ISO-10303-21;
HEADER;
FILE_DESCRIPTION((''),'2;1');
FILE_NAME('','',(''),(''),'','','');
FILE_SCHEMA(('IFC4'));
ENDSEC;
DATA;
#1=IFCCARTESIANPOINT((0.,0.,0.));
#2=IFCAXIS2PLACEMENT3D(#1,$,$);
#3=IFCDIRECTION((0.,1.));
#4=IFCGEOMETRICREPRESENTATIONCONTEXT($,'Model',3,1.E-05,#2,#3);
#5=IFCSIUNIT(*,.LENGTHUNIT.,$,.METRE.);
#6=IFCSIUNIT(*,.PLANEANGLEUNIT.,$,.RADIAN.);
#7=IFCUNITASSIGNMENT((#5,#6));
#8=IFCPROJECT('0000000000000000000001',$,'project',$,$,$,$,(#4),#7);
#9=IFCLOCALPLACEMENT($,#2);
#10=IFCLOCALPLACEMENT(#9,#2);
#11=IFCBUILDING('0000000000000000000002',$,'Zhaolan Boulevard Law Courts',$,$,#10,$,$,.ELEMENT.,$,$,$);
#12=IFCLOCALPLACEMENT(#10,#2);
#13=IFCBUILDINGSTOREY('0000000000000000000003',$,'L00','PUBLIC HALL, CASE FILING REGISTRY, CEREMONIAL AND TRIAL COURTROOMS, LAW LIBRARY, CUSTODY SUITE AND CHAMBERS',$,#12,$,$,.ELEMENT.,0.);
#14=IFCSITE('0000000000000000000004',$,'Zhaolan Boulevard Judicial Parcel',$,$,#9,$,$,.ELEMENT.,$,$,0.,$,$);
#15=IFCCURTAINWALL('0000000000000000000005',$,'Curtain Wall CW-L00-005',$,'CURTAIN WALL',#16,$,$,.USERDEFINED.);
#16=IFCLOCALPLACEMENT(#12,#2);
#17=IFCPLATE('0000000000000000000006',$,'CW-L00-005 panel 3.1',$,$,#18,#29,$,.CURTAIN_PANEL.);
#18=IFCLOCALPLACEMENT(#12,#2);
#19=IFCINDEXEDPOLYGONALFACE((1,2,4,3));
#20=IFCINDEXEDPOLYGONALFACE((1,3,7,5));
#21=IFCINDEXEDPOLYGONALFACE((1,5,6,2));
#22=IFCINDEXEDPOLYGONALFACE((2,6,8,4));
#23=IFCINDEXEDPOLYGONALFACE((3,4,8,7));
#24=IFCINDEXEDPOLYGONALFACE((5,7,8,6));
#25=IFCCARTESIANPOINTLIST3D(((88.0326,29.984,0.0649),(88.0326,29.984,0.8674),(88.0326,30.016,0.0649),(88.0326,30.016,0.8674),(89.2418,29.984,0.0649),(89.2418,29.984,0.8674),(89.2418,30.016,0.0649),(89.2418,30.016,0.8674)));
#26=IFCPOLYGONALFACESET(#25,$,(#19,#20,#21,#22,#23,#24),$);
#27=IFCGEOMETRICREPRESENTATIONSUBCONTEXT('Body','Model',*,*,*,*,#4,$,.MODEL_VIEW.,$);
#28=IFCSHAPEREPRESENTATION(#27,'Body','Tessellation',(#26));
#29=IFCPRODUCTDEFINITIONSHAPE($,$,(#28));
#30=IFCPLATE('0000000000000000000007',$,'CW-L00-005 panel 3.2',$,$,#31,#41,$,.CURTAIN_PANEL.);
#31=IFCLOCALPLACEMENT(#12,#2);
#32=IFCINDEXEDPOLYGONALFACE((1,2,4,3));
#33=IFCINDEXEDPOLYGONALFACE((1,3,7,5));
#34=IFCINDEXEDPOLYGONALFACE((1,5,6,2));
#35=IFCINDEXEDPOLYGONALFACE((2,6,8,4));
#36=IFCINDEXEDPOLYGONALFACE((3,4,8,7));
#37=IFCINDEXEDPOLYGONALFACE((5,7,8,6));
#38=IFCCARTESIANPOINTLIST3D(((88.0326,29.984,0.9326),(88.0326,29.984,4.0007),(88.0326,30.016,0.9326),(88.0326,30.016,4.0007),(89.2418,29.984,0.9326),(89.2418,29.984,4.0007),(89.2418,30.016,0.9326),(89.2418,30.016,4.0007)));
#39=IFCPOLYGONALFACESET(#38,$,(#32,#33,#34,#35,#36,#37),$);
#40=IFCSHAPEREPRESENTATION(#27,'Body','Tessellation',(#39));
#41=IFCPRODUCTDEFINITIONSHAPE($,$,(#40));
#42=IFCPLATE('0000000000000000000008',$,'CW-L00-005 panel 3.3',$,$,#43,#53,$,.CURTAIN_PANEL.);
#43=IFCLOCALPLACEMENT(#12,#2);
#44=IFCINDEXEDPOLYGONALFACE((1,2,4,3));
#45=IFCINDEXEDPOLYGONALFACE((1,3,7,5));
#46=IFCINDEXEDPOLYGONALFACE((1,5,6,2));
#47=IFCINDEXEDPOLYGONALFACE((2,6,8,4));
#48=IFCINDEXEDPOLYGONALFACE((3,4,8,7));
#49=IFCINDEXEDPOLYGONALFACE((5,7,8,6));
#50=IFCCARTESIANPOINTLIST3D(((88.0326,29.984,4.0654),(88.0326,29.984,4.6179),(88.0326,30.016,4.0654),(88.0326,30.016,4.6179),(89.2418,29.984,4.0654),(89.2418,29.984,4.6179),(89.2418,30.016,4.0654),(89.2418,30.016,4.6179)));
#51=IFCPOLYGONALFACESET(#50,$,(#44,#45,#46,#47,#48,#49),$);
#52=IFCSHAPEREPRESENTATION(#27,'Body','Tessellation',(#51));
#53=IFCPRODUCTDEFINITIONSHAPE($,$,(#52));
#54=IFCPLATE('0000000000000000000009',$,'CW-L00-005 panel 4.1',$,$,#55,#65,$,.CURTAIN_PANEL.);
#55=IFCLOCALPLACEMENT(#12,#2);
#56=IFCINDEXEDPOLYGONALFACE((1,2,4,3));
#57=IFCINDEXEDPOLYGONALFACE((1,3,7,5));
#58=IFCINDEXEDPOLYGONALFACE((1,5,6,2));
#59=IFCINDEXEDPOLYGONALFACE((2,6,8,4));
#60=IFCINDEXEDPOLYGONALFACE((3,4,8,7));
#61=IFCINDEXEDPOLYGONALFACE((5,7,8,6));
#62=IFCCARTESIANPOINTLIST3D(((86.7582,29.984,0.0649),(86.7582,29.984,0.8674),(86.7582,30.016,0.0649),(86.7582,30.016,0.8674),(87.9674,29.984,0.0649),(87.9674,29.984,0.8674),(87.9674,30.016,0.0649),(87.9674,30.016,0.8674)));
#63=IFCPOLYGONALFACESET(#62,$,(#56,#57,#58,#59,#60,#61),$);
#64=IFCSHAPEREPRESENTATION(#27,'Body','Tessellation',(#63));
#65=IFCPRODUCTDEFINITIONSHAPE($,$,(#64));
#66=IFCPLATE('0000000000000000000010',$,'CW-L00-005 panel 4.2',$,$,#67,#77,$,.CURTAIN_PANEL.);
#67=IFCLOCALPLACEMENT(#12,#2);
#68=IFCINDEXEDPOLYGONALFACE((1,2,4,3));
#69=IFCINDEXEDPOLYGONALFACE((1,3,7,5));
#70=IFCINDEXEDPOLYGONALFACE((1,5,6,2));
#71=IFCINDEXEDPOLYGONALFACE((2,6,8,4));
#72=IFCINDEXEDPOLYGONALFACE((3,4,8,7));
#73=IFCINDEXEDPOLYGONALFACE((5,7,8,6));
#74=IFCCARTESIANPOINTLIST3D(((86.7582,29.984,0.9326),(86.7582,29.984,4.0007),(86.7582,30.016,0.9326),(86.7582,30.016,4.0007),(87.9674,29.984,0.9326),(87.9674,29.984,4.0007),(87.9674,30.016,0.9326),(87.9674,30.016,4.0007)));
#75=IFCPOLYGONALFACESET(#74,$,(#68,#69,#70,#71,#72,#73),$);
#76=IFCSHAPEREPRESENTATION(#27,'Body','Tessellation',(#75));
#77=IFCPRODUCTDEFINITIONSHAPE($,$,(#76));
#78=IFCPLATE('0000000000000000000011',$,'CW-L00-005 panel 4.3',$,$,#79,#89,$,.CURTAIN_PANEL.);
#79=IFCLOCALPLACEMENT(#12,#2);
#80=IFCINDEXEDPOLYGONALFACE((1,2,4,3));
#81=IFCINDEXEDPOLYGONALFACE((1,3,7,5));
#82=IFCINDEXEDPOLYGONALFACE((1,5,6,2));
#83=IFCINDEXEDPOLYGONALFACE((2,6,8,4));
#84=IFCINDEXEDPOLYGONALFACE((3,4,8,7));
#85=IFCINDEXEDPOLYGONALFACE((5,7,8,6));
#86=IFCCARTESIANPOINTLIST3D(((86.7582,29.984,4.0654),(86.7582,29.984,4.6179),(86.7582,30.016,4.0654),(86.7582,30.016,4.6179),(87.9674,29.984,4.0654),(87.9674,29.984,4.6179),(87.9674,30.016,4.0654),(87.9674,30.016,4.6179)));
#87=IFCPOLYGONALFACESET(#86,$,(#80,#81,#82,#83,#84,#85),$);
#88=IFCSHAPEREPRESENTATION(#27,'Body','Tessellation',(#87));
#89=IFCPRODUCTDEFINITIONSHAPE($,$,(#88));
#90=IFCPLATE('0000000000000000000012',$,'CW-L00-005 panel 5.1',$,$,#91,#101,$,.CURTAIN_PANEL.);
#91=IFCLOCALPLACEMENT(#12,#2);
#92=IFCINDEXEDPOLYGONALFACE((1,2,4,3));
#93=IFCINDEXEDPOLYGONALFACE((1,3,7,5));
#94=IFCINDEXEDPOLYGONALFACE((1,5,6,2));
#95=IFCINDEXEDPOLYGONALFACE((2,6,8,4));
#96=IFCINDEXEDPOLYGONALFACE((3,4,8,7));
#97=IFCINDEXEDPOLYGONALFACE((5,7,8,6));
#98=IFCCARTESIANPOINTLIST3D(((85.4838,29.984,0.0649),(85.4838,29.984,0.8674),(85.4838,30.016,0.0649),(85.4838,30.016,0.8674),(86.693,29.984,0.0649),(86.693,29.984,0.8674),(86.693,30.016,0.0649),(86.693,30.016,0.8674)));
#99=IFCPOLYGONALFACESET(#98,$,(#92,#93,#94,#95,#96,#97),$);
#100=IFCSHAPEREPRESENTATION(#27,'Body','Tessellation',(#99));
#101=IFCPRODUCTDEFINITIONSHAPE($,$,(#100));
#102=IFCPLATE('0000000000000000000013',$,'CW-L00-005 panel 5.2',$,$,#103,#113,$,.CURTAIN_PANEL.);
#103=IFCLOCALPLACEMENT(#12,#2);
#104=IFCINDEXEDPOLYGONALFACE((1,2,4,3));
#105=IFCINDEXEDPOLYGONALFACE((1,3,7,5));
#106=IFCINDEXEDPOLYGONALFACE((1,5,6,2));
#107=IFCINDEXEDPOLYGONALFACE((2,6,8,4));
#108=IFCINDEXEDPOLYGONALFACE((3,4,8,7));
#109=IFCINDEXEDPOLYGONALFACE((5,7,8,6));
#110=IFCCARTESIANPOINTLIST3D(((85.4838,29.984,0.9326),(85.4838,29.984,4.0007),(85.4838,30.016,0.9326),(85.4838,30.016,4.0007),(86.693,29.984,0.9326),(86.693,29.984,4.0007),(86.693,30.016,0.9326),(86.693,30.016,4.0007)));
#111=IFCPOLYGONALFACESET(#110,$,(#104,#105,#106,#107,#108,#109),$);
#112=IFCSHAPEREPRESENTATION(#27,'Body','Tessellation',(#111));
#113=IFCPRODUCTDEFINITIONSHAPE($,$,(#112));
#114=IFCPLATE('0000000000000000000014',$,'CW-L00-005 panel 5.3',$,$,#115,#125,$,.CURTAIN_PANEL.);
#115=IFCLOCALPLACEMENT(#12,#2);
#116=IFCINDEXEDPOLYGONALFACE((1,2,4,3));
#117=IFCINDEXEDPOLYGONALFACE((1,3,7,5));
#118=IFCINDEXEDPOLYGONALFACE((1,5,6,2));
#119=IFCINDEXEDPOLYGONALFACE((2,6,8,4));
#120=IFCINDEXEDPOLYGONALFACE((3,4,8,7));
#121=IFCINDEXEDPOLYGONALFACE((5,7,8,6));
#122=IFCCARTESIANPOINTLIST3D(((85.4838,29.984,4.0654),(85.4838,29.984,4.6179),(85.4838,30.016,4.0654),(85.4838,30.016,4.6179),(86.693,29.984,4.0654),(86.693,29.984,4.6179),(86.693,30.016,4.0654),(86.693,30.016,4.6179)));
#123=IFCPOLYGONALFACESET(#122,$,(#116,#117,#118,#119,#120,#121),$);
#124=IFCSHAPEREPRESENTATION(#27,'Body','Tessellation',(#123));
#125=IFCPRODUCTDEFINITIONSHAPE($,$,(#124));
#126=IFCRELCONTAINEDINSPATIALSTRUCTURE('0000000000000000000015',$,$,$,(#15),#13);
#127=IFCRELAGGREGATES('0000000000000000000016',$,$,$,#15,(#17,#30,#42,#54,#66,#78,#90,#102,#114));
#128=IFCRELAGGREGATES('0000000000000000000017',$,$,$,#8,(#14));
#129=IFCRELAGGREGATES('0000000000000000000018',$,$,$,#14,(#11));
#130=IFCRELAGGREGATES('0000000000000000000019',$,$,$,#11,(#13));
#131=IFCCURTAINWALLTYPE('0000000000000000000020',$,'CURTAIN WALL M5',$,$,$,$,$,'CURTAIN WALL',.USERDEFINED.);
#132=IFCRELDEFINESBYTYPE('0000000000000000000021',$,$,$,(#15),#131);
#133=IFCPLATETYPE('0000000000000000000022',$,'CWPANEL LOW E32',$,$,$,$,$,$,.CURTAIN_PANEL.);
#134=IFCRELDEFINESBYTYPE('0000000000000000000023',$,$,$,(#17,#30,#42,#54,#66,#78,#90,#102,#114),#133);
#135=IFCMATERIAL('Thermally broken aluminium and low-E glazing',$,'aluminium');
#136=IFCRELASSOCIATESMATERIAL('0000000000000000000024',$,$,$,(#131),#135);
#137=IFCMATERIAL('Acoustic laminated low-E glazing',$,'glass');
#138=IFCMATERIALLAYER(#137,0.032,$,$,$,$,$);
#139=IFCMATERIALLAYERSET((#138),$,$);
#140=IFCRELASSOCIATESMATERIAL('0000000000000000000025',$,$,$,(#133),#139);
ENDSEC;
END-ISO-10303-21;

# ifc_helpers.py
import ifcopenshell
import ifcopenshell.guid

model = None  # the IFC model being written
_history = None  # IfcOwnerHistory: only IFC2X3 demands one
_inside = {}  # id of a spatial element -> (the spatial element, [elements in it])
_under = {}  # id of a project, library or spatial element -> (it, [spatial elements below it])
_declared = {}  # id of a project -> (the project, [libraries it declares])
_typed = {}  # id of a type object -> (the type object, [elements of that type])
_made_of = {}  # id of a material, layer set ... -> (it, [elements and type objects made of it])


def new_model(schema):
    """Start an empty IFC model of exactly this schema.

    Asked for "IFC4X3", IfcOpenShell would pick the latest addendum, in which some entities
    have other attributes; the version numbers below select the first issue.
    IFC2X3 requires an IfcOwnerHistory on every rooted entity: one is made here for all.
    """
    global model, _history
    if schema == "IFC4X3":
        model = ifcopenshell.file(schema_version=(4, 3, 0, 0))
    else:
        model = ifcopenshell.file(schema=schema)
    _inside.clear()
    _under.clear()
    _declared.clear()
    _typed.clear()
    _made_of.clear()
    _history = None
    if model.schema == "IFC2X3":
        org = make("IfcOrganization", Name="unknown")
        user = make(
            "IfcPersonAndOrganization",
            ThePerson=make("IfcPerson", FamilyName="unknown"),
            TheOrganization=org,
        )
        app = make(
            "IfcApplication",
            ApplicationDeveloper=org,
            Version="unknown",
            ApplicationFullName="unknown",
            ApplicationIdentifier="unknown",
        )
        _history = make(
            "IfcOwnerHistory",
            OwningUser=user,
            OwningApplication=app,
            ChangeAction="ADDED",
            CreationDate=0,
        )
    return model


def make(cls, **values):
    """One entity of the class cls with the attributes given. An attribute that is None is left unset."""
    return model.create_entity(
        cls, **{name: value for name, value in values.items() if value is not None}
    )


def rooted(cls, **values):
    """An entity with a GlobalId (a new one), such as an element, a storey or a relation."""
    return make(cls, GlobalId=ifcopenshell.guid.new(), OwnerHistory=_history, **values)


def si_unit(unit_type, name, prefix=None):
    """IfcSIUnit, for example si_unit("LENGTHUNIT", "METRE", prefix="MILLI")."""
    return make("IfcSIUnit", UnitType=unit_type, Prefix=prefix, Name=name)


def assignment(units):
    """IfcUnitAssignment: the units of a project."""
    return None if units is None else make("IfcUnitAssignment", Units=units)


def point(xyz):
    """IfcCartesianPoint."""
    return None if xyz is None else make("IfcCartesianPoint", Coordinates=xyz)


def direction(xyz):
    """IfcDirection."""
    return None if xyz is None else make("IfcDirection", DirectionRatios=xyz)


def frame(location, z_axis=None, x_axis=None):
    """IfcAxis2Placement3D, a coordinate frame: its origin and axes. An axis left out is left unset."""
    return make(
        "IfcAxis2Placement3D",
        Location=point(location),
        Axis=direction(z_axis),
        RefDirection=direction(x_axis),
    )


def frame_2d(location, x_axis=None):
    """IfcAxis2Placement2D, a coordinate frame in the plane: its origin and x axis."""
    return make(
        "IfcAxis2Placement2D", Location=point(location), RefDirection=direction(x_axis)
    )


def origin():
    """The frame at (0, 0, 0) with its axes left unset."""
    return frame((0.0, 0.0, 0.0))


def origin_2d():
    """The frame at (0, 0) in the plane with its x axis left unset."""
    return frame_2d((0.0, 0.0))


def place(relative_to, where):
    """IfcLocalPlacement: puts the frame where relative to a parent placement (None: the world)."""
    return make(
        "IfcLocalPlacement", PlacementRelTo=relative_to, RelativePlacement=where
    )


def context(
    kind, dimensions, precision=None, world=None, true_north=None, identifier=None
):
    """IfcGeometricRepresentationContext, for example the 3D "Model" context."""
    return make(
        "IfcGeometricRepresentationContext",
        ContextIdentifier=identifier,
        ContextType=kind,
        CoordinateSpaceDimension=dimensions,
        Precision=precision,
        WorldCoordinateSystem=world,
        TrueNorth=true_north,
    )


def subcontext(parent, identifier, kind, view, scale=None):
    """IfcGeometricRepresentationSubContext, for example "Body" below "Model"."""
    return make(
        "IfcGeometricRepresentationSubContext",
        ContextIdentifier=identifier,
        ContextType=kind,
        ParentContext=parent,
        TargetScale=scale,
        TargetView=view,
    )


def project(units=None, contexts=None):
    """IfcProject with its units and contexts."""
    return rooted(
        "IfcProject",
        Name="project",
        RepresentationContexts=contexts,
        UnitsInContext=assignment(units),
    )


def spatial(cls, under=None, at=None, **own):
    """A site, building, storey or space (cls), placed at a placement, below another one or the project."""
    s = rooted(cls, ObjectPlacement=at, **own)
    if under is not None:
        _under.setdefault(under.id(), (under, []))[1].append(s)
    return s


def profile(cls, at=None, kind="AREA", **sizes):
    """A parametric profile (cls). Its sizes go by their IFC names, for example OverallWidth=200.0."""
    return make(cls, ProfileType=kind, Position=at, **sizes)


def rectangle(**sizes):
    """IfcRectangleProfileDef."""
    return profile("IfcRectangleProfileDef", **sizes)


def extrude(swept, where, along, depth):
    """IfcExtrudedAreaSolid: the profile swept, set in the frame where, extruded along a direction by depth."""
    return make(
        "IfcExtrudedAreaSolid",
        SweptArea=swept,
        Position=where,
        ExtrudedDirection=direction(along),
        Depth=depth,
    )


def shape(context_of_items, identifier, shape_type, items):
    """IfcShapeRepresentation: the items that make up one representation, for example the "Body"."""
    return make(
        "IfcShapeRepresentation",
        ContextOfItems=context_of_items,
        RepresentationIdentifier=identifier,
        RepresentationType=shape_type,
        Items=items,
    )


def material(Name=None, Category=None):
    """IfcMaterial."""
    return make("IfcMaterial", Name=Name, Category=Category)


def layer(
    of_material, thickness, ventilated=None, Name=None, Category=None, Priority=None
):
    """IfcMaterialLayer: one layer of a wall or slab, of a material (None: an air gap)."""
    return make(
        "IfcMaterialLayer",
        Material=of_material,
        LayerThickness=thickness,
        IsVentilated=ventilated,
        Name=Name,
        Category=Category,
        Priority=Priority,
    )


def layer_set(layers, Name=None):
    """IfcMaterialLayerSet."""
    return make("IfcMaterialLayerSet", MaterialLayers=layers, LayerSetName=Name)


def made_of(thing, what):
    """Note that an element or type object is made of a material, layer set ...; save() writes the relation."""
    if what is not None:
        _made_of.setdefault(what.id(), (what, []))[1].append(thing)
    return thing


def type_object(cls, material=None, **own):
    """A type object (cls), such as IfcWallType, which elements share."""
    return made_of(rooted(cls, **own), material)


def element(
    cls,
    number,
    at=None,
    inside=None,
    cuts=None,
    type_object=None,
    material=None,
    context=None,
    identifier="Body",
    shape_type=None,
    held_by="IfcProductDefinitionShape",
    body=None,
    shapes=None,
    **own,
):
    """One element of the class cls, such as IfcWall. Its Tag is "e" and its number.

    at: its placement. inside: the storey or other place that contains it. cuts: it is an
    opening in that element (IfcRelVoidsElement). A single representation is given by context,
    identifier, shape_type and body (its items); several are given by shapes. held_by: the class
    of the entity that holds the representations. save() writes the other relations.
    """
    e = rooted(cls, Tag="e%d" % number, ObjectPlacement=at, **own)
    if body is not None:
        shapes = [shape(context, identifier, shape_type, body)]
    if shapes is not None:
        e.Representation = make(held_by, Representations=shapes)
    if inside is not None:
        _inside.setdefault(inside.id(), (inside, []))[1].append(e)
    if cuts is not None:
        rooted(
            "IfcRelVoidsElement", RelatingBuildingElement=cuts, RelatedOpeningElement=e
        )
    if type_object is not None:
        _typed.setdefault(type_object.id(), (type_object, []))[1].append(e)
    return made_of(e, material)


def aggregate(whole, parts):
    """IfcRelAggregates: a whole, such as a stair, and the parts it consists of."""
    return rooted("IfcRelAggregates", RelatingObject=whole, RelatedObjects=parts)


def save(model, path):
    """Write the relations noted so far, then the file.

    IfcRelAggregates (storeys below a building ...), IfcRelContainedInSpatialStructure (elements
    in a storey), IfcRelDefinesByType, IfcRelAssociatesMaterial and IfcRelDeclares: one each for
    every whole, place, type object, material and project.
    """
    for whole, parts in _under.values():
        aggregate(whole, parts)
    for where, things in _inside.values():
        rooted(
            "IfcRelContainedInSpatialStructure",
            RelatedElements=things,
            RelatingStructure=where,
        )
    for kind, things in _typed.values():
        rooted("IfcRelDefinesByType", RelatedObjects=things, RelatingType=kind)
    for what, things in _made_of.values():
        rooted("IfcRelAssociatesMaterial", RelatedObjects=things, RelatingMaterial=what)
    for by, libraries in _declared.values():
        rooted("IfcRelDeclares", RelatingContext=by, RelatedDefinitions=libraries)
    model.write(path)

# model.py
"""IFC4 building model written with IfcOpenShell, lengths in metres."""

from ifc_helpers import new_model, si_unit, direction, frame, origin, origin_2d, place, context, subcontext, project, spatial, rectangle, extrude, material, layer, layer_set, type_object, element, aggregate, save


model = new_model("IFC4")

# Units and contexts
model_context = context("Model", 3, precision=1e-05, world=origin(), true_north=direction((0.0, 1.0)))
body_context = subcontext(model_context, "Body", "Model", "MODEL_VIEW")
ifc_project = project(units=[si_unit("LENGTHUNIT", "METRE"), si_unit("PLANEANGLEUNIT", "RADIAN")], contexts=[model_context])

# Site, building, storey
site_placement = place(None, origin())
site = spatial("IfcSite", under=ifc_project, at=site_placement, Name="Zhaolan Boulevard Judicial Parcel", CompositionType="ELEMENT", RefElevation=0.0)
building_placement = place(site_placement, origin())
building = spatial("IfcBuilding", under=site, at=building_placement, Name="Zhaolan Boulevard Law Courts", CompositionType="ELEMENT")
storey_placement = place(building_placement, origin())
storey = spatial("IfcBuildingStorey", under=building, at=storey_placement, Name="L00", Description="PUBLIC HALL, CASE FILING REGISTRY, CEREMONIAL AND TRIAL COURTROOMS, LAW LIBRARY, CUSTODY SUITE AND CHAMBERS", CompositionType="ELEMENT", Elevation=0.0)

# Curtain wall, plates
ifc_material_1 = material(Name="Thermally broken aluminium and low-E glazing", Category="aluminium")
curtain_wall_type = type_object("IfcCurtainWallType", Name="CURTAIN WALL M5", ElementType="CURTAIN WALL", PredefinedType="USERDEFINED", material=ifc_material_1)
curtain_wall_placement = place(storey_placement, origin())
curtain_wall = element("IfcCurtainWall", 1, at=curtain_wall_placement, inside=storey, type_object=curtain_wall_type, Name="Curtain Wall CW-L00-005", ObjectType="CURTAIN WALL", PredefinedType="USERDEFINED")
ifc_material_2 = material(Name="Acoustic laminated low-E glazing", Category="glass")
ifc_layer = layer(ifc_material_2, 0.032)
ifc_layer_set = layer_set([ifc_layer])
plate_type = type_object("IfcPlateType", Name="CWPANEL LOW E32", PredefinedType="CURTAIN_PANEL", material=ifc_layer_set)
plate_1_placement = place(storey_placement, frame((88.6372, 30.0, 0.0649), z_axis=(0.0, 0.0, 1.0), x_axis=(-1.0, 0.0, 0.0)))
plate_1 = element("IfcPlate", 2, at=plate_1_placement, type_object=plate_type, Name="CW-L00-005 panel 3.1", PredefinedType="CURTAIN_PANEL", context=body_context, shape_type="SweptSolid", body=[
    extrude(rectangle(XDim=1.2092, YDim=0.032, at=origin_2d()), origin(), (0.0, 0.0, 1.0), 0.8025),
])
plate_2_placement = place(storey_placement, frame((88.6372, 30.0, 0.9326), z_axis=(0.0, 0.0, 1.0), x_axis=(-1.0, 0.0, 0.0)))
plate_2 = element("IfcPlate", 3, at=plate_2_placement, type_object=plate_type, Name="CW-L00-005 panel 3.2", PredefinedType="CURTAIN_PANEL", context=body_context, shape_type="SweptSolid", body=[
    extrude(rectangle(XDim=1.2092, YDim=0.032, at=origin_2d()), origin(), (0.0, 0.0, 1.0), 3.0681),
])
plate_3_placement = place(storey_placement, frame((88.6372, 30.0, 4.0654), z_axis=(0.0, 0.0, 1.0), x_axis=(-1.0, 0.0, 0.0)))
plate_3 = element("IfcPlate", 4, at=plate_3_placement, type_object=plate_type, Name="CW-L00-005 panel 3.3", PredefinedType="CURTAIN_PANEL", context=body_context, shape_type="SweptSolid", body=[
    extrude(rectangle(XDim=1.2092, YDim=0.032, at=origin_2d()), origin(), (0.0, 0.0, 1.0), 0.5525),
])
plate_4_placement = place(storey_placement, frame((87.3628, 30.0, 0.0649), z_axis=(0.0, 0.0, 1.0), x_axis=(-1.0, 0.0, 0.0)))
plate_4 = element("IfcPlate", 5, at=plate_4_placement, type_object=plate_type, Name="CW-L00-005 panel 4.1", PredefinedType="CURTAIN_PANEL", context=body_context, shape_type="SweptSolid", body=[
    extrude(rectangle(XDim=1.2092, YDim=0.032, at=origin_2d()), origin(), (0.0, 0.0, 1.0), 0.8025),
])
plate_5_placement = place(storey_placement, frame((87.3628, 30.0, 0.9326), z_axis=(0.0, 0.0, 1.0), x_axis=(-1.0, 0.0, 0.0)))
plate_5 = element("IfcPlate", 6, at=plate_5_placement, type_object=plate_type, Name="CW-L00-005 panel 4.2", PredefinedType="CURTAIN_PANEL", context=body_context, shape_type="SweptSolid", body=[
    extrude(rectangle(XDim=1.2092, YDim=0.032, at=origin_2d()), origin(), (0.0, 0.0, 1.0), 3.0681),
])
plate_6_placement = place(storey_placement, frame((87.3628, 30.0, 4.0654), z_axis=(0.0, 0.0, 1.0), x_axis=(-1.0, 0.0, 0.0)))
plate_6 = element("IfcPlate", 7, at=plate_6_placement, type_object=plate_type, Name="CW-L00-005 panel 4.3", PredefinedType="CURTAIN_PANEL", context=body_context, shape_type="SweptSolid", body=[
    extrude(rectangle(XDim=1.2092, YDim=0.032, at=origin_2d()), origin(), (0.0, 0.0, 1.0), 0.5525),
])
plate_7_placement = place(storey_placement, frame((86.0884, 30.0, 0.0649), z_axis=(0.0, 0.0, 1.0), x_axis=(-1.0, 0.0, 0.0)))
plate_7 = element("IfcPlate", 8, at=plate_7_placement, type_object=plate_type, Name="CW-L00-005 panel 5.1", PredefinedType="CURTAIN_PANEL", context=body_context, shape_type="SweptSolid", body=[
    extrude(rectangle(XDim=1.2092, YDim=0.032, at=origin_2d()), origin(), (0.0, 0.0, 1.0), 0.8025),
])
plate_8_placement = place(storey_placement, frame((86.0884, 30.0, 0.9326), z_axis=(0.0, 0.0, 1.0), x_axis=(-1.0, 0.0, 0.0)))
plate_8 = element("IfcPlate", 9, at=plate_8_placement, type_object=plate_type, Name="CW-L00-005 panel 5.2", PredefinedType="CURTAIN_PANEL", context=body_context, shape_type="SweptSolid", body=[
    extrude(rectangle(XDim=1.2092, YDim=0.032, at=origin_2d()), origin(), (0.0, 0.0, 1.0), 3.0681),
])
plate_9_placement = place(storey_placement, frame((86.0884, 30.0, 4.0654), z_axis=(0.0, 0.0, 1.0), x_axis=(-1.0, 0.0, 0.0)))
plate_9 = element("IfcPlate", 10, at=plate_9_placement, type_object=plate_type, Name="CW-L00-005 panel 5.3", PredefinedType="CURTAIN_PANEL", context=body_context, shape_type="SweptSolid", body=[
    extrude(rectangle(XDim=1.2092, YDim=0.032, at=origin_2d()), origin(), (0.0, 0.0, 1.0), 0.5525),
])
aggregate(curtain_wall, [plate_1, plate_2, plate_3, plate_4, plate_5, plate_6, plate_7, plate_8, plate_9])

save(model, "model.ifc")
